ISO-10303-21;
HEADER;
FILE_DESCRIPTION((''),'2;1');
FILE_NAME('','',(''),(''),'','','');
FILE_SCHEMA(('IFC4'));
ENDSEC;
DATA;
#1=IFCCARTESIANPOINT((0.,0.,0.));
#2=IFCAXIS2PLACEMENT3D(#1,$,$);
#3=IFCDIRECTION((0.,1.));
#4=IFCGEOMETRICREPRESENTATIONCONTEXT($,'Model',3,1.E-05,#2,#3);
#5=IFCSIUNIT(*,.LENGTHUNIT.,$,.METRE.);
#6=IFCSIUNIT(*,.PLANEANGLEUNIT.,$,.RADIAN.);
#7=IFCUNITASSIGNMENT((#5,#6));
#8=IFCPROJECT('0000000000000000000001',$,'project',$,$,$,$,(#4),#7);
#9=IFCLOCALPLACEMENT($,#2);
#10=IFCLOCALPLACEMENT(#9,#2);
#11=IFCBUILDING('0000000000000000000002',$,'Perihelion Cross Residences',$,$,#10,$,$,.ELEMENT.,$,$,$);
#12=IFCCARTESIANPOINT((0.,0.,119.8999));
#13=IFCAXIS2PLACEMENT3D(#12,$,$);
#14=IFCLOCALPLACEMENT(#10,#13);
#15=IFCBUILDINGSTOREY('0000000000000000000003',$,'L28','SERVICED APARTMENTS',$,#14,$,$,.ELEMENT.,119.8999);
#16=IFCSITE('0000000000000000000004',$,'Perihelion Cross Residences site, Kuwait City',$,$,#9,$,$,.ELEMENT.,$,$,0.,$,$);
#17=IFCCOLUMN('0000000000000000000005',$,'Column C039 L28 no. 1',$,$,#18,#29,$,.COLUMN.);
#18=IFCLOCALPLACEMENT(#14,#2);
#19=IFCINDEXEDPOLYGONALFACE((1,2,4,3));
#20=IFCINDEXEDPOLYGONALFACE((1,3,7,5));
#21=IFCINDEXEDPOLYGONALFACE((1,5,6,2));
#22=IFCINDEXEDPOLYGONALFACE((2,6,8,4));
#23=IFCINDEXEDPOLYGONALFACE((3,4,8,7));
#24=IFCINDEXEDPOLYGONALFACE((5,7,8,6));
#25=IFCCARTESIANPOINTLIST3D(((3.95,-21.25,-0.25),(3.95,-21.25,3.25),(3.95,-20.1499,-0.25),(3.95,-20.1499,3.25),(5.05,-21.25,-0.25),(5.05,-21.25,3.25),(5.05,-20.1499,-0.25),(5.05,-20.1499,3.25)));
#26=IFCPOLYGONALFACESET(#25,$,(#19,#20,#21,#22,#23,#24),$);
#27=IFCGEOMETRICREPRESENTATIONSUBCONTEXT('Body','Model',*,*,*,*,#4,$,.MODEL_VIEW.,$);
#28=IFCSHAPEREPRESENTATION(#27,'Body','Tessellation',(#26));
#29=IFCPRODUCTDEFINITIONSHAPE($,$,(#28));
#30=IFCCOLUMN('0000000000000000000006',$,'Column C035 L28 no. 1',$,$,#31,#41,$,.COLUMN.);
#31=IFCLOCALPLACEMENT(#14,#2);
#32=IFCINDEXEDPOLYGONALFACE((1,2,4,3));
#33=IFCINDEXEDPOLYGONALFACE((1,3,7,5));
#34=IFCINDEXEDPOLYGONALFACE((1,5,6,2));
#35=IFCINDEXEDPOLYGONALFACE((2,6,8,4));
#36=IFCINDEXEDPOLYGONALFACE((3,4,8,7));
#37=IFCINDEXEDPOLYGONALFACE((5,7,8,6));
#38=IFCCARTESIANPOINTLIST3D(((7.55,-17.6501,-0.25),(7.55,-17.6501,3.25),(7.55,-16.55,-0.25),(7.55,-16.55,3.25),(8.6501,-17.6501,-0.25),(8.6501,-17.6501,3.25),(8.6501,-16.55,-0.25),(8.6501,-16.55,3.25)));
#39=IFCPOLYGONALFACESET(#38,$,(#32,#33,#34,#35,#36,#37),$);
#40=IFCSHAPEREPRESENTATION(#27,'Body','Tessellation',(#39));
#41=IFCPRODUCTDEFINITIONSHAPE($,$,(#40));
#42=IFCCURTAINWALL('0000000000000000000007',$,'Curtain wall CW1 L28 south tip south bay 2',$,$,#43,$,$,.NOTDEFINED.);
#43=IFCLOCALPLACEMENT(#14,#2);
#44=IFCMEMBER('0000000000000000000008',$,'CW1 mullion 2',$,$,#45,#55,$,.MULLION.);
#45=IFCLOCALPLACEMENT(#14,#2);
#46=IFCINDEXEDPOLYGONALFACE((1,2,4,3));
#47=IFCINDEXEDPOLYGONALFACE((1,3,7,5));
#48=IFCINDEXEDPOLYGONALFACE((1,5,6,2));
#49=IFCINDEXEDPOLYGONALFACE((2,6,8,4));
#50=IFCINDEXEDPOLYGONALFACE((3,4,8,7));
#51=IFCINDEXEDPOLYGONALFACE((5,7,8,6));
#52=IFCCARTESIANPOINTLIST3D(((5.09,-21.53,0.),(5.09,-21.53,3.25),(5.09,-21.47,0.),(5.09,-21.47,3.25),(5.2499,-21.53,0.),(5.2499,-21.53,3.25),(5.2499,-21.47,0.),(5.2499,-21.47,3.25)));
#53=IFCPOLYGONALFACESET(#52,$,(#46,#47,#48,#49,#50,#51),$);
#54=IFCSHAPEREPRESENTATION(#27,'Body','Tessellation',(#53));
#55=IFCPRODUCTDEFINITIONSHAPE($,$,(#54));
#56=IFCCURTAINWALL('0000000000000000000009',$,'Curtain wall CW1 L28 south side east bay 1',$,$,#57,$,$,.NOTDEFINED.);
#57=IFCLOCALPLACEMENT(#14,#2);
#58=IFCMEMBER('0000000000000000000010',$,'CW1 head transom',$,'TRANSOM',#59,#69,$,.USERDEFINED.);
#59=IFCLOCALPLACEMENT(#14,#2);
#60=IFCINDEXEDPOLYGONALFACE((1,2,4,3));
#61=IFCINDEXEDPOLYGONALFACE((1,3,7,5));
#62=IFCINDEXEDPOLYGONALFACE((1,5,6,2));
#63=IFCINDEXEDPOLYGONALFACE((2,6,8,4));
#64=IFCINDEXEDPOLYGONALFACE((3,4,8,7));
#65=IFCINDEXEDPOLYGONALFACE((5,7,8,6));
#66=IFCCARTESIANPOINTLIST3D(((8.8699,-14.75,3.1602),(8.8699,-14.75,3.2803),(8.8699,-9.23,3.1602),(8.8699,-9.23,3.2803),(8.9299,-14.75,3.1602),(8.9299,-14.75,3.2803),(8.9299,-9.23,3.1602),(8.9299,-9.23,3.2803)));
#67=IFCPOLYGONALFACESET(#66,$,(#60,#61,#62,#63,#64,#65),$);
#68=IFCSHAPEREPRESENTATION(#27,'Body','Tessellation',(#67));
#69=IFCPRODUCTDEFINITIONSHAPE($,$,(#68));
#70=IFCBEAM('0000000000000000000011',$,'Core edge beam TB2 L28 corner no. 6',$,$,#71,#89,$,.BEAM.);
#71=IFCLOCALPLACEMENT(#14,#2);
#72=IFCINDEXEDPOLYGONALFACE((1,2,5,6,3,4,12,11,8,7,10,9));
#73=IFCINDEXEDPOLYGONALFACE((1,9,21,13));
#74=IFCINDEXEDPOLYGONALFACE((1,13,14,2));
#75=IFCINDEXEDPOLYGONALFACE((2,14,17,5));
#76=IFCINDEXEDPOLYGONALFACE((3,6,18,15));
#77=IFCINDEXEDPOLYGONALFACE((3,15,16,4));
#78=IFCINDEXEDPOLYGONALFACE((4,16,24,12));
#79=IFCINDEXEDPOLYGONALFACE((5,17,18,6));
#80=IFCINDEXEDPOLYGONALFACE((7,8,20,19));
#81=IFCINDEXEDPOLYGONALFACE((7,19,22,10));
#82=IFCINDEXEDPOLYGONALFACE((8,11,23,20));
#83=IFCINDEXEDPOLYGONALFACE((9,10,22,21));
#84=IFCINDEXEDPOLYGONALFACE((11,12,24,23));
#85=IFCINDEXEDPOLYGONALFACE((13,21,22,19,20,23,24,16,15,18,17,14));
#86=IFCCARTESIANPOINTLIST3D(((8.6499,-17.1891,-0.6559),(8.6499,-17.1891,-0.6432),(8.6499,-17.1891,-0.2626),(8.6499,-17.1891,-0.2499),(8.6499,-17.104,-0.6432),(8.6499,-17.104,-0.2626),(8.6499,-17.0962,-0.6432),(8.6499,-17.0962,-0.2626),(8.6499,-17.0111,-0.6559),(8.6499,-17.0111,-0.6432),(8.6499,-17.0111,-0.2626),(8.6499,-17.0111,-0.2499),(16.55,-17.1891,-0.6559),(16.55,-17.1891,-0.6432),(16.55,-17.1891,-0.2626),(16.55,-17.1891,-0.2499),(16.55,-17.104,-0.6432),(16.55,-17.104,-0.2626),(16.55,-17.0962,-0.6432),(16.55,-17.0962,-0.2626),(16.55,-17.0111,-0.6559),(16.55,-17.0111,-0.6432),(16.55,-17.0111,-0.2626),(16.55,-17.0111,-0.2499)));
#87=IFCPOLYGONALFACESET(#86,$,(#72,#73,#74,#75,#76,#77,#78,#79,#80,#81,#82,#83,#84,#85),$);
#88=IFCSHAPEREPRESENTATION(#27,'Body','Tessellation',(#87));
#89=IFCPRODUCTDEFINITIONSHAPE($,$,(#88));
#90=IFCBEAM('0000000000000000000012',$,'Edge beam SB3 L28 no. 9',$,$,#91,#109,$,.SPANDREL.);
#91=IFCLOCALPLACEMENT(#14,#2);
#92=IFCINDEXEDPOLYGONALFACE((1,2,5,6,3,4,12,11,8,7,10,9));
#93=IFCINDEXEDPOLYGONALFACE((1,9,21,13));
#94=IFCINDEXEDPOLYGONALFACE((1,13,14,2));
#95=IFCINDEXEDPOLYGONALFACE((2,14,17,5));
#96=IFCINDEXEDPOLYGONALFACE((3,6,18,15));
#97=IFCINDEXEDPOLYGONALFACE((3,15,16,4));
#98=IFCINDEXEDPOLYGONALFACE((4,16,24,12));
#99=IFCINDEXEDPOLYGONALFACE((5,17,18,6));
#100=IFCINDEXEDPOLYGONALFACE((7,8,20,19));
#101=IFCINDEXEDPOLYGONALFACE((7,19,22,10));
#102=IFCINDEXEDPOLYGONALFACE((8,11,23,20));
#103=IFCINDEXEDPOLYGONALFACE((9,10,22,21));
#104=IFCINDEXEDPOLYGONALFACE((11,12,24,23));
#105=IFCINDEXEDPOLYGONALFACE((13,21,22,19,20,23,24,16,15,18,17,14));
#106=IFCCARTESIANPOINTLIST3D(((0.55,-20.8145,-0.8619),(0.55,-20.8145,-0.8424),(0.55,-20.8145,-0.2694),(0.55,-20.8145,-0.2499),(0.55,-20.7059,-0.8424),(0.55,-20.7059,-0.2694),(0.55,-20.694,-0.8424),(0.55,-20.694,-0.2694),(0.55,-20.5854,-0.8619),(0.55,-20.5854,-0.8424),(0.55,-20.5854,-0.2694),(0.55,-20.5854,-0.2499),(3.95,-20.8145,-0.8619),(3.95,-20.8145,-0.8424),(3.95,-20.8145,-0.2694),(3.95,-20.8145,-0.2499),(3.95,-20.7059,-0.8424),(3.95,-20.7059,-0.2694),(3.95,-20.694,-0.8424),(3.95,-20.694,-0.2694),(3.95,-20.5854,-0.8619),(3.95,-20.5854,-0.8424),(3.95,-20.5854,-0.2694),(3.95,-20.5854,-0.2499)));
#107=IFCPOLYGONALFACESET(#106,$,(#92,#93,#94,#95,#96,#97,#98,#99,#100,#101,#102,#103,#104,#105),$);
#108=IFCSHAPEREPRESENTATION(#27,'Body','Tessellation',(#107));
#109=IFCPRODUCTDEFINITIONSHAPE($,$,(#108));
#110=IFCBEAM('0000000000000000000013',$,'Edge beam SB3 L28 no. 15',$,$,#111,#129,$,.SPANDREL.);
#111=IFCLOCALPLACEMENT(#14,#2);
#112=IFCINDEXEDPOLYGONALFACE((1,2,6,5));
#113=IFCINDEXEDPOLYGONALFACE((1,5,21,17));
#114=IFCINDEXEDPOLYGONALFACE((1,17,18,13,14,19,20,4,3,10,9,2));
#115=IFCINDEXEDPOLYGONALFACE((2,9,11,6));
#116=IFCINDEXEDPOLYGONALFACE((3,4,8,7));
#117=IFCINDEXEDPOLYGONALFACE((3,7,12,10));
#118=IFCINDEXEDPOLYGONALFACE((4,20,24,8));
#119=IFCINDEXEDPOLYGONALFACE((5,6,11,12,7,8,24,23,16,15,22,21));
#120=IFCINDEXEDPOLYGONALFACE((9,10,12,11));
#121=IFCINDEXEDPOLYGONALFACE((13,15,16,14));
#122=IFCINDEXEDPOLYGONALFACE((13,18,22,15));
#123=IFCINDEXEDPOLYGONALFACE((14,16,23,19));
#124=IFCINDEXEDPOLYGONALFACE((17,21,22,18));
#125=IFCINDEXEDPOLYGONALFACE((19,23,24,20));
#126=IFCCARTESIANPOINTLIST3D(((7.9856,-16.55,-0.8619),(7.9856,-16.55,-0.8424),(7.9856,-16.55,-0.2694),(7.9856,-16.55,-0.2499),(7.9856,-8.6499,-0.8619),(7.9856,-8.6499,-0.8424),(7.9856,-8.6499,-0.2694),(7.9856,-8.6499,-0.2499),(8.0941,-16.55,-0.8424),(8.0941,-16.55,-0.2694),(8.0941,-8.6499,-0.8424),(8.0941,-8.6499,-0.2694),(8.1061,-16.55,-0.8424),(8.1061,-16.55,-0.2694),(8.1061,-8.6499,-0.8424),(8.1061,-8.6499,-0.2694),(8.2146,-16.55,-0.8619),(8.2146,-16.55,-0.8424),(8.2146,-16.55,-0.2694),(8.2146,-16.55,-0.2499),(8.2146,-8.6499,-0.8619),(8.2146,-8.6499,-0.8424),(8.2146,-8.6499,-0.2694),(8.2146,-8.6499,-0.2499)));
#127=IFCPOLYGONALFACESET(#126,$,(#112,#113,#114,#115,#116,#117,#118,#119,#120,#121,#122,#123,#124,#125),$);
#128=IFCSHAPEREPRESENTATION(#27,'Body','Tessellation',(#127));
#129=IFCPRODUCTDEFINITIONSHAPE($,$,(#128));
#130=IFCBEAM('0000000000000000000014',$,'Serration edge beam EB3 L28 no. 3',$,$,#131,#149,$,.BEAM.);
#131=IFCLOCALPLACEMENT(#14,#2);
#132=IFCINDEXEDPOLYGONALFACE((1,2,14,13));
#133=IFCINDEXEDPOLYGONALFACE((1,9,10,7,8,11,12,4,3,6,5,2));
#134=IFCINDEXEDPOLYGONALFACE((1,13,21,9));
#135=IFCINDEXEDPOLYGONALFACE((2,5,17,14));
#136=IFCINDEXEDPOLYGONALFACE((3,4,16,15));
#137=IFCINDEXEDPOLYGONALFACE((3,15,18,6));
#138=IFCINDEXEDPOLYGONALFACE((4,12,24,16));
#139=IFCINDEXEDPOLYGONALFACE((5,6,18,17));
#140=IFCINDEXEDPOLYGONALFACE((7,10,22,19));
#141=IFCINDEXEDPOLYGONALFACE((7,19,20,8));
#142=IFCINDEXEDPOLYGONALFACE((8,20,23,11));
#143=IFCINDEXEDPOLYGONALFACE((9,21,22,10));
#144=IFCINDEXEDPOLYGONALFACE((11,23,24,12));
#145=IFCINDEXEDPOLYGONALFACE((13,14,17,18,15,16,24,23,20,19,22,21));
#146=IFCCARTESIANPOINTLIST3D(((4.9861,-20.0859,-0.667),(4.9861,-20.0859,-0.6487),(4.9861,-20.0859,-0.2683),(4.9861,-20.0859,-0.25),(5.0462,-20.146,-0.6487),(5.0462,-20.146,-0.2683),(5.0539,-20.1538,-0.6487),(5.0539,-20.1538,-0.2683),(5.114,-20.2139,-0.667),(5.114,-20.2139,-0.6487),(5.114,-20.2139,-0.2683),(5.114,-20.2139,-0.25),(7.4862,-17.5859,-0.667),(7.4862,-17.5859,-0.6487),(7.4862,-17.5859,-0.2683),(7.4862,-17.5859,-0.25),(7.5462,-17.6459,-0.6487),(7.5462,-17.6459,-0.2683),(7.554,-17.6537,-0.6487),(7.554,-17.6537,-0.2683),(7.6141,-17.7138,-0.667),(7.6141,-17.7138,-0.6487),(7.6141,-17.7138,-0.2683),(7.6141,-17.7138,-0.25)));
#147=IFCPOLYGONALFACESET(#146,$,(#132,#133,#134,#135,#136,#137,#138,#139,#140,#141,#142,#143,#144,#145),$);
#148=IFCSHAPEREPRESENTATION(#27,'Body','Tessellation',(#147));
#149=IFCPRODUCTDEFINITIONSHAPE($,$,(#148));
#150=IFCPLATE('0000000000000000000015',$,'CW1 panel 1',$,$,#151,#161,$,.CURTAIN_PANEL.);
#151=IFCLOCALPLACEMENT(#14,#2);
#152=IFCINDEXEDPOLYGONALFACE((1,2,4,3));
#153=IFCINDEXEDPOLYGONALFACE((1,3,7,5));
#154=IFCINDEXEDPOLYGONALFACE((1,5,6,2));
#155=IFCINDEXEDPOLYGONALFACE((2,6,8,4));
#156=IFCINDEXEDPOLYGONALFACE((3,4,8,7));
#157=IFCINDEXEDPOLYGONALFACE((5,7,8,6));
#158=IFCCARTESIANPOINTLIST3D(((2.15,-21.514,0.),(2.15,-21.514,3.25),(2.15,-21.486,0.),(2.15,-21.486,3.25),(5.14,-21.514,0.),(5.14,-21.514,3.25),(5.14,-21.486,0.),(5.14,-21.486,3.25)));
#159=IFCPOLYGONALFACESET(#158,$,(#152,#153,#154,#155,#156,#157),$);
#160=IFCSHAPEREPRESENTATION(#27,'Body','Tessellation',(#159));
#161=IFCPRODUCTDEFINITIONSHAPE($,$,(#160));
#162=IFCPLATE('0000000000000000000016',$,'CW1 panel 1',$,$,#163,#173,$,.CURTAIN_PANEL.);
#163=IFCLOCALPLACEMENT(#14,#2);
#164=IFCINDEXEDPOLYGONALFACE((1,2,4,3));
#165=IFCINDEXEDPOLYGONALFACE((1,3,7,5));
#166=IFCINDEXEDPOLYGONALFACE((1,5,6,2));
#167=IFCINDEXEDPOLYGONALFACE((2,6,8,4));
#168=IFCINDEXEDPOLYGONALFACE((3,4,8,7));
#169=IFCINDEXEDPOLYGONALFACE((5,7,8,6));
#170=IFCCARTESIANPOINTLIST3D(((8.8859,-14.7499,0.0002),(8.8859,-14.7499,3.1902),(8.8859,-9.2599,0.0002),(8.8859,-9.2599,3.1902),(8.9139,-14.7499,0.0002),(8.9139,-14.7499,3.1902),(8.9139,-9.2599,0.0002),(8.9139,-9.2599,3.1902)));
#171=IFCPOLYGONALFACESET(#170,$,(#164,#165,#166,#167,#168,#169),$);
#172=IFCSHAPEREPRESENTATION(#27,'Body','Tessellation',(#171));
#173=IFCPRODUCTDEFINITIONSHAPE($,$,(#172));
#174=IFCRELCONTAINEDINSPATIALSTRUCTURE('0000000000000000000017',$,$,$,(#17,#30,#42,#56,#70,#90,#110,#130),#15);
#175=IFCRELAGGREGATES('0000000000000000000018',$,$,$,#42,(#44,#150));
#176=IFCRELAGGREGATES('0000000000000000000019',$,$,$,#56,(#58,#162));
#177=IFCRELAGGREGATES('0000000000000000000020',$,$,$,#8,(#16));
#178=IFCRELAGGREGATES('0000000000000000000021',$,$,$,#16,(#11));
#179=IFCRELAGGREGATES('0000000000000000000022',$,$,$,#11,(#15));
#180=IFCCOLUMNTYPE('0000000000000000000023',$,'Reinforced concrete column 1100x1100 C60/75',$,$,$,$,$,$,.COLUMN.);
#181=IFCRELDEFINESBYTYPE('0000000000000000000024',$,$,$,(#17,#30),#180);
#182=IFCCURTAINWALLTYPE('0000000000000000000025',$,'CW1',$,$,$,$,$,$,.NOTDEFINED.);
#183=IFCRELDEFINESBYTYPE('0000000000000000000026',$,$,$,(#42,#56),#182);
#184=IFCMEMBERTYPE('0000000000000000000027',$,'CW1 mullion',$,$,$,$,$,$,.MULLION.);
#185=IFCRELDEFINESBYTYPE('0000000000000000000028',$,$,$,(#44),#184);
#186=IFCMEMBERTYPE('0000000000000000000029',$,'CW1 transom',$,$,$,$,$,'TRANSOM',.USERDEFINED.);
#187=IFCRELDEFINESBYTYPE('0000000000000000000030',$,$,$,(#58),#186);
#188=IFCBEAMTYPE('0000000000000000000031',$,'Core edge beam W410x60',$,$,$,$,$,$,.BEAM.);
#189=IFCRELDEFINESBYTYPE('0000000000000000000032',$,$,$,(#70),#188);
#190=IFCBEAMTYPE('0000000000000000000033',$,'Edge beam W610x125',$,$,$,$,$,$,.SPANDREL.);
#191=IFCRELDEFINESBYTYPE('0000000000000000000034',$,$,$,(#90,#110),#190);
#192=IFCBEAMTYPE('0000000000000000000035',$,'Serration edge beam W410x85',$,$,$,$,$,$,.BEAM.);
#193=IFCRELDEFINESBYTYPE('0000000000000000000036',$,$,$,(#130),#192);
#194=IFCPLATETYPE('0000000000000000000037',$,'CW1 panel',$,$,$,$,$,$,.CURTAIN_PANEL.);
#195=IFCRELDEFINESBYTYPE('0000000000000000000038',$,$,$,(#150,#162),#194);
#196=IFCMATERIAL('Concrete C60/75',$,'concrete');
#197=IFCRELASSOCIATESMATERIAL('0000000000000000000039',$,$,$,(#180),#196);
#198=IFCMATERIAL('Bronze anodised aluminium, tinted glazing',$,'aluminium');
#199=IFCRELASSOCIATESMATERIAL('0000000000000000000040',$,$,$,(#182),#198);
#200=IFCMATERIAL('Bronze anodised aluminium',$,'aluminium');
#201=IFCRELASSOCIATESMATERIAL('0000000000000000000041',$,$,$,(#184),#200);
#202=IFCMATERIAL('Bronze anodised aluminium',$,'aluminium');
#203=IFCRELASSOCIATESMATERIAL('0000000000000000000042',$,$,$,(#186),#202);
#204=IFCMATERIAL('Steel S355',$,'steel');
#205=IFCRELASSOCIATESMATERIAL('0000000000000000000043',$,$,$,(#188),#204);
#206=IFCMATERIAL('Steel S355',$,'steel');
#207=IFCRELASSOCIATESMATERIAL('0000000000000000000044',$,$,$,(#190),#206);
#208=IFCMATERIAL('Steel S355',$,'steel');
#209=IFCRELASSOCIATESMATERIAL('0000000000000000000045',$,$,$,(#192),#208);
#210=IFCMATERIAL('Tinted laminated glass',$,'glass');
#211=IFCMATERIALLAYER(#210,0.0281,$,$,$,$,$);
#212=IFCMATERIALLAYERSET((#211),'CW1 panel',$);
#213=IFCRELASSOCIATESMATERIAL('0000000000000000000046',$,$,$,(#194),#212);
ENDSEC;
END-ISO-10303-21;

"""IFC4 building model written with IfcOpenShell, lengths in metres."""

from ifc_helpers import new_model, si_unit, direction, frame, origin, origin_2d, place, context, subcontext, project, spatial, rectangle, i_section, extrude, material, layer, layer_set, material_profile, profile_set, type_object, element, aggregate, save


model = new_model("IFC4")

# Units and contexts
model_context = context("Model", 3, precision=1e-05, world=origin(), true_north=direction((0.0, 1.0)))
body_context = subcontext(model_context, "Body", "Model", "MODEL_VIEW")
ifc_project = project(units=[si_unit("LENGTHUNIT", "METRE"), si_unit("PLANEANGLEUNIT", "RADIAN")], contexts=[model_context])

# Site, building, storey
site_placement = place(None, origin())
site = spatial("IfcSite", under=ifc_project, at=site_placement, Name="Perihelion Cross Residences site, Kuwait City", CompositionType="ELEMENT", RefElevation=0.0)
building_placement = place(site_placement, origin())
building = spatial("IfcBuilding", under=site, at=building_placement, Name="Perihelion Cross Residences", CompositionType="ELEMENT")
storey_placement = place(building_placement, frame((0.0, 0.0, 119.8999)))
storey = spatial("IfcBuildingStorey", under=building, at=storey_placement, Name="L28", Description="SERVICED APARTMENTS", CompositionType="ELEMENT", Elevation=119.8999)

# Columns
ifc_material_1 = material(Name="Concrete C60/75", Category="concrete")
ifc_material_profile_1 = material_profile(ifc_material_1, rectangle(XDim=1.1001, YDim=1.1001, at=origin_2d()), Name="RC 1100x1100")
ifc_profile_set_1 = profile_set([ifc_material_profile_1], Name="Concrete C60/75")
column_type = type_object("IfcColumnType", Name="Reinforced concrete column 1100x1100 C60/75", PredefinedType="COLUMN", material=ifc_profile_set_1)
for number, where, z_axis, x_axis, name in (
    (1, (4.5, -20.7, -0.25), (0.0, 0.0, 1.0), (1.0, 0.0, 0.0), "Column C039 L28 no. 1"),
    (2, (8.1001, -17.1001, -0.25), (0.0, 0.0, 1.0), (1.0, 0.0, 0.0), "Column C035 L28 no. 1"),
):
    element("IfcColumn", number, at=place(storey_placement, frame(where, z_axis=z_axis, x_axis=x_axis)), inside=storey, type_object=column_type, Name=name, PredefinedType="COLUMN", context=body_context, shape_type="SweptSolid", body=[
        extrude(rectangle(XDim=1.1001, YDim=1.1001, at=origin_2d()), origin(), (0.0, 0.0, 1.0), 3.5),
    ])

# Curtain walls, members
ifc_material_2 = material(Name="Bronze anodised aluminium, tinted glazing", Category="aluminium")
curtain_wall_type = type_object("IfcCurtainWallType", Name="CW1", PredefinedType="NOTDEFINED", material=ifc_material_2)
curtain_wall_1_placement = place(storey_placement, origin())
curtain_wall_1 = element("IfcCurtainWall", 3, at=curtain_wall_1_placement, inside=storey, type_object=curtain_wall_type, Name="Curtain wall CW1 L28 south tip south bay 2", PredefinedType="NOTDEFINED")
ifc_material_3 = material(Name="Bronze anodised aluminium", Category="aluminium")
ifc_material_profile_2 = material_profile(ifc_material_3, rectangle(XDim=0.0601, YDim=0.1599, at=origin_2d()), Name="CW1 mullion")
ifc_profile_set_2 = profile_set([ifc_material_profile_2], Name="Bronze anodised aluminium")
member_type_1 = type_object("IfcMemberType", Name="CW1 mullion", PredefinedType="MULLION", material=ifc_profile_set_2)
member_1_placement = place(storey_placement, frame((5.1699, -21.5, 0.0), z_axis=(0.0, 0.0, 1.0), x_axis=(0.0, 1.0, 0.0)))
member_1 = element("IfcMember", 4, at=member_1_placement, type_object=member_type_1, Name="CW1 mullion 2", PredefinedType="MULLION", context=body_context, shape_type="SweptSolid", body=[
    extrude(rectangle(XDim=0.0601, YDim=0.1599, at=origin_2d()), origin(), (0.0, 0.0, 1.0), 3.25),
])
curtain_wall_2_placement = place(storey_placement, origin())
curtain_wall_2 = element("IfcCurtainWall", 5, at=curtain_wall_2_placement, inside=storey, type_object=curtain_wall_type, Name="Curtain wall CW1 L28 south side east bay 1", PredefinedType="NOTDEFINED")
ifc_material_4 = material(Name="Bronze anodised aluminium", Category="aluminium")
ifc_material_profile_3 = material_profile(ifc_material_4, rectangle(XDim=0.0601, YDim=0.1201, at=origin_2d()), Name="CW1 transom")
ifc_profile_set_3 = profile_set([ifc_material_profile_3], Name="Bronze anodised aluminium")
member_type_2 = type_object("IfcMemberType", Name="CW1 transom", ElementType="TRANSOM", PredefinedType="USERDEFINED", material=ifc_profile_set_3)
member_2_placement = place(storey_placement, frame((8.8999, -14.75, 3.2202), z_axis=(0.0, 1.0, 0.0), x_axis=(-1.0, 0.0, 0.0)))
member_2 = element("IfcMember", 6, at=member_2_placement, type_object=member_type_2, Name="CW1 head transom", ObjectType="TRANSOM", PredefinedType="USERDEFINED", context=body_context, shape_type="SweptSolid", body=[
    extrude(rectangle(XDim=0.0601, YDim=0.1201, at=origin_2d()), origin(), (0.0, 0.0, 1.0), 5.52),
])

# Beams
ifc_material_5 = material(Name="Steel S355", Category="steel")
ifc_material_profile_4 = material_profile(ifc_material_5, i_section(OverallWidth=0.178, OverallDepth=0.406, WebThickness=0.0078, FlangeThickness=0.0127, at=origin_2d()), Name="W410x60")
ifc_profile_set_4 = profile_set([ifc_material_profile_4], Name="Steel S355")
beam_type_1 = type_object("IfcBeamType", Name="Core edge beam W410x60", PredefinedType="BEAM", material=ifc_profile_set_4)
beam_1_placement = place(storey_placement, frame((8.6499, -17.1001, -0.4529), z_axis=(1.0, 0.0, 0.0), x_axis=(0.0, 1.0, 0.0)))
element("IfcBeam", 7, at=beam_1_placement, inside=storey, type_object=beam_type_1, Name="Core edge beam TB2 L28 corner no. 6", PredefinedType="BEAM", context=body_context, shape_type="SweptSolid", body=[
    extrude(i_section(OverallWidth=0.178, OverallDepth=0.406, WebThickness=0.0078, FlangeThickness=0.0127, at=origin_2d()), origin(), (0.0, 0.0, 1.0), 7.9001),
])
ifc_material_6 = material(Name="Steel S355", Category="steel")
ifc_material_profile_5 = material_profile(ifc_material_6, i_section(OverallWidth=0.229, OverallDepth=0.6121, WebThickness=0.012, FlangeThickness=0.0195, at=origin_2d()), Name="W610x125")
ifc_profile_set_5 = profile_set([ifc_material_profile_5], Name="Steel S355")
beam_type_2 = type_object("IfcBeamType", Name="Edge beam W610x125", PredefinedType="SPANDREL", material=ifc_profile_set_5)
beam_2_placement = place(storey_placement, frame((0.55, -20.7, -0.5559), z_axis=(1.0, 0.0, 0.0), x_axis=(0.0, 1.0, 0.0)))
element("IfcBeam", 8, at=beam_2_placement, inside=storey, type_object=beam_type_2, Name="Edge beam SB3 L28 no. 9", PredefinedType="SPANDREL", context=body_context, shape_type="SweptSolid", body=[
    extrude(i_section(OverallWidth=0.229, OverallDepth=0.6121, WebThickness=0.012, FlangeThickness=0.0195, at=origin_2d()), origin(), (0.0, 0.0, 1.0), 3.3999),
])
beam_3_placement = place(storey_placement, frame((8.1001, -16.55, -0.5559), z_axis=(0.0, 1.0, 0.0), x_axis=(-1.0, 0.0, 0.0)))
element("IfcBeam", 9, at=beam_3_placement, inside=storey, type_object=beam_type_2, Name="Edge beam SB3 L28 no. 15", PredefinedType="SPANDREL", context=body_context, shape_type="SweptSolid", body=[
    extrude(i_section(OverallWidth=0.229, OverallDepth=0.6121, WebThickness=0.012, FlangeThickness=0.0195, at=origin_2d()), origin(), (0.0, 0.0, 1.0), 7.9001),
])
ifc_material_7 = material(Name="Steel S355", Category="steel")
ifc_material_profile_6 = material_profile(ifc_material_7, i_section(OverallWidth=0.1809, OverallDepth=0.417, WebThickness=0.011, FlangeThickness=0.0183, at=origin_2d()), Name="W410x85")
ifc_profile_set_6 = profile_set([ifc_material_profile_6], Name="Steel S355")
beam_type_3 = type_object("IfcBeamType", Name="Serration edge beam W410x85", PredefinedType="BEAM", material=ifc_profile_set_6)
beam_4_placement = place(storey_placement, frame((5.05, -20.1499, -0.4585), z_axis=(0.707107, 0.707107, 0.0), x_axis=(-0.707107, 0.707107, 0.0)))
element("IfcBeam", 10, at=beam_4_placement, inside=storey, type_object=beam_type_3, Name="Serration edge beam EB3 L28 no. 3", PredefinedType="BEAM", context=body_context, shape_type="SweptSolid", body=[
    extrude(i_section(OverallWidth=0.1809, OverallDepth=0.417, WebThickness=0.011, FlangeThickness=0.0183, at=origin_2d()), origin(), (0.0, 0.0, 1.0), 3.5356),
])

# Plates
ifc_material_8 = material(Name="Tinted laminated glass", Category="glass")
ifc_layer_1 = layer(ifc_material_8, 0.0281)
ifc_layer_set_1 = layer_set([ifc_layer_1], Name="CW1 panel")
plate_type = type_object("IfcPlateType", Name="CW1 panel", PredefinedType="CURTAIN_PANEL", material=ifc_layer_set_1)
plate_1_placement = place(storey_placement, frame((3.645, -21.5, 0.0), z_axis=(0.0, 0.0, 1.0), x_axis=(1.0, 0.0, 0.0)))
plate_1 = element("IfcPlate", 11, at=plate_1_placement, type_object=plate_type, Name="CW1 panel 1", PredefinedType="CURTAIN_PANEL", context=body_context, shape_type="SweptSolid", body=[
    extrude(rectangle(XDim=2.99, YDim=0.0281, at=origin_2d()), origin(), (0.0, 0.0, 1.0), 3.25),
])
aggregate(curtain_wall_1, [member_1, plate_1])
plate_2_placement = place(storey_placement, frame((8.8999, -12.0049, 0.0002), z_axis=(0.0, 0.0, 1.0), x_axis=(0.0, 1.0, 0.0)))
plate_2 = element("IfcPlate", 12, at=plate_2_placement, type_object=plate_type, Name="CW1 panel 1", PredefinedType="CURTAIN_PANEL", context=body_context, shape_type="SweptSolid", body=[
    extrude(rectangle(XDim=5.49, YDim=0.0281, at=origin_2d()), origin(), (0.0, 0.0, 1.0), 3.1899),
])
aggregate(curtain_wall_2, [member_2, plate_2])

save(model, "model.ifc")
